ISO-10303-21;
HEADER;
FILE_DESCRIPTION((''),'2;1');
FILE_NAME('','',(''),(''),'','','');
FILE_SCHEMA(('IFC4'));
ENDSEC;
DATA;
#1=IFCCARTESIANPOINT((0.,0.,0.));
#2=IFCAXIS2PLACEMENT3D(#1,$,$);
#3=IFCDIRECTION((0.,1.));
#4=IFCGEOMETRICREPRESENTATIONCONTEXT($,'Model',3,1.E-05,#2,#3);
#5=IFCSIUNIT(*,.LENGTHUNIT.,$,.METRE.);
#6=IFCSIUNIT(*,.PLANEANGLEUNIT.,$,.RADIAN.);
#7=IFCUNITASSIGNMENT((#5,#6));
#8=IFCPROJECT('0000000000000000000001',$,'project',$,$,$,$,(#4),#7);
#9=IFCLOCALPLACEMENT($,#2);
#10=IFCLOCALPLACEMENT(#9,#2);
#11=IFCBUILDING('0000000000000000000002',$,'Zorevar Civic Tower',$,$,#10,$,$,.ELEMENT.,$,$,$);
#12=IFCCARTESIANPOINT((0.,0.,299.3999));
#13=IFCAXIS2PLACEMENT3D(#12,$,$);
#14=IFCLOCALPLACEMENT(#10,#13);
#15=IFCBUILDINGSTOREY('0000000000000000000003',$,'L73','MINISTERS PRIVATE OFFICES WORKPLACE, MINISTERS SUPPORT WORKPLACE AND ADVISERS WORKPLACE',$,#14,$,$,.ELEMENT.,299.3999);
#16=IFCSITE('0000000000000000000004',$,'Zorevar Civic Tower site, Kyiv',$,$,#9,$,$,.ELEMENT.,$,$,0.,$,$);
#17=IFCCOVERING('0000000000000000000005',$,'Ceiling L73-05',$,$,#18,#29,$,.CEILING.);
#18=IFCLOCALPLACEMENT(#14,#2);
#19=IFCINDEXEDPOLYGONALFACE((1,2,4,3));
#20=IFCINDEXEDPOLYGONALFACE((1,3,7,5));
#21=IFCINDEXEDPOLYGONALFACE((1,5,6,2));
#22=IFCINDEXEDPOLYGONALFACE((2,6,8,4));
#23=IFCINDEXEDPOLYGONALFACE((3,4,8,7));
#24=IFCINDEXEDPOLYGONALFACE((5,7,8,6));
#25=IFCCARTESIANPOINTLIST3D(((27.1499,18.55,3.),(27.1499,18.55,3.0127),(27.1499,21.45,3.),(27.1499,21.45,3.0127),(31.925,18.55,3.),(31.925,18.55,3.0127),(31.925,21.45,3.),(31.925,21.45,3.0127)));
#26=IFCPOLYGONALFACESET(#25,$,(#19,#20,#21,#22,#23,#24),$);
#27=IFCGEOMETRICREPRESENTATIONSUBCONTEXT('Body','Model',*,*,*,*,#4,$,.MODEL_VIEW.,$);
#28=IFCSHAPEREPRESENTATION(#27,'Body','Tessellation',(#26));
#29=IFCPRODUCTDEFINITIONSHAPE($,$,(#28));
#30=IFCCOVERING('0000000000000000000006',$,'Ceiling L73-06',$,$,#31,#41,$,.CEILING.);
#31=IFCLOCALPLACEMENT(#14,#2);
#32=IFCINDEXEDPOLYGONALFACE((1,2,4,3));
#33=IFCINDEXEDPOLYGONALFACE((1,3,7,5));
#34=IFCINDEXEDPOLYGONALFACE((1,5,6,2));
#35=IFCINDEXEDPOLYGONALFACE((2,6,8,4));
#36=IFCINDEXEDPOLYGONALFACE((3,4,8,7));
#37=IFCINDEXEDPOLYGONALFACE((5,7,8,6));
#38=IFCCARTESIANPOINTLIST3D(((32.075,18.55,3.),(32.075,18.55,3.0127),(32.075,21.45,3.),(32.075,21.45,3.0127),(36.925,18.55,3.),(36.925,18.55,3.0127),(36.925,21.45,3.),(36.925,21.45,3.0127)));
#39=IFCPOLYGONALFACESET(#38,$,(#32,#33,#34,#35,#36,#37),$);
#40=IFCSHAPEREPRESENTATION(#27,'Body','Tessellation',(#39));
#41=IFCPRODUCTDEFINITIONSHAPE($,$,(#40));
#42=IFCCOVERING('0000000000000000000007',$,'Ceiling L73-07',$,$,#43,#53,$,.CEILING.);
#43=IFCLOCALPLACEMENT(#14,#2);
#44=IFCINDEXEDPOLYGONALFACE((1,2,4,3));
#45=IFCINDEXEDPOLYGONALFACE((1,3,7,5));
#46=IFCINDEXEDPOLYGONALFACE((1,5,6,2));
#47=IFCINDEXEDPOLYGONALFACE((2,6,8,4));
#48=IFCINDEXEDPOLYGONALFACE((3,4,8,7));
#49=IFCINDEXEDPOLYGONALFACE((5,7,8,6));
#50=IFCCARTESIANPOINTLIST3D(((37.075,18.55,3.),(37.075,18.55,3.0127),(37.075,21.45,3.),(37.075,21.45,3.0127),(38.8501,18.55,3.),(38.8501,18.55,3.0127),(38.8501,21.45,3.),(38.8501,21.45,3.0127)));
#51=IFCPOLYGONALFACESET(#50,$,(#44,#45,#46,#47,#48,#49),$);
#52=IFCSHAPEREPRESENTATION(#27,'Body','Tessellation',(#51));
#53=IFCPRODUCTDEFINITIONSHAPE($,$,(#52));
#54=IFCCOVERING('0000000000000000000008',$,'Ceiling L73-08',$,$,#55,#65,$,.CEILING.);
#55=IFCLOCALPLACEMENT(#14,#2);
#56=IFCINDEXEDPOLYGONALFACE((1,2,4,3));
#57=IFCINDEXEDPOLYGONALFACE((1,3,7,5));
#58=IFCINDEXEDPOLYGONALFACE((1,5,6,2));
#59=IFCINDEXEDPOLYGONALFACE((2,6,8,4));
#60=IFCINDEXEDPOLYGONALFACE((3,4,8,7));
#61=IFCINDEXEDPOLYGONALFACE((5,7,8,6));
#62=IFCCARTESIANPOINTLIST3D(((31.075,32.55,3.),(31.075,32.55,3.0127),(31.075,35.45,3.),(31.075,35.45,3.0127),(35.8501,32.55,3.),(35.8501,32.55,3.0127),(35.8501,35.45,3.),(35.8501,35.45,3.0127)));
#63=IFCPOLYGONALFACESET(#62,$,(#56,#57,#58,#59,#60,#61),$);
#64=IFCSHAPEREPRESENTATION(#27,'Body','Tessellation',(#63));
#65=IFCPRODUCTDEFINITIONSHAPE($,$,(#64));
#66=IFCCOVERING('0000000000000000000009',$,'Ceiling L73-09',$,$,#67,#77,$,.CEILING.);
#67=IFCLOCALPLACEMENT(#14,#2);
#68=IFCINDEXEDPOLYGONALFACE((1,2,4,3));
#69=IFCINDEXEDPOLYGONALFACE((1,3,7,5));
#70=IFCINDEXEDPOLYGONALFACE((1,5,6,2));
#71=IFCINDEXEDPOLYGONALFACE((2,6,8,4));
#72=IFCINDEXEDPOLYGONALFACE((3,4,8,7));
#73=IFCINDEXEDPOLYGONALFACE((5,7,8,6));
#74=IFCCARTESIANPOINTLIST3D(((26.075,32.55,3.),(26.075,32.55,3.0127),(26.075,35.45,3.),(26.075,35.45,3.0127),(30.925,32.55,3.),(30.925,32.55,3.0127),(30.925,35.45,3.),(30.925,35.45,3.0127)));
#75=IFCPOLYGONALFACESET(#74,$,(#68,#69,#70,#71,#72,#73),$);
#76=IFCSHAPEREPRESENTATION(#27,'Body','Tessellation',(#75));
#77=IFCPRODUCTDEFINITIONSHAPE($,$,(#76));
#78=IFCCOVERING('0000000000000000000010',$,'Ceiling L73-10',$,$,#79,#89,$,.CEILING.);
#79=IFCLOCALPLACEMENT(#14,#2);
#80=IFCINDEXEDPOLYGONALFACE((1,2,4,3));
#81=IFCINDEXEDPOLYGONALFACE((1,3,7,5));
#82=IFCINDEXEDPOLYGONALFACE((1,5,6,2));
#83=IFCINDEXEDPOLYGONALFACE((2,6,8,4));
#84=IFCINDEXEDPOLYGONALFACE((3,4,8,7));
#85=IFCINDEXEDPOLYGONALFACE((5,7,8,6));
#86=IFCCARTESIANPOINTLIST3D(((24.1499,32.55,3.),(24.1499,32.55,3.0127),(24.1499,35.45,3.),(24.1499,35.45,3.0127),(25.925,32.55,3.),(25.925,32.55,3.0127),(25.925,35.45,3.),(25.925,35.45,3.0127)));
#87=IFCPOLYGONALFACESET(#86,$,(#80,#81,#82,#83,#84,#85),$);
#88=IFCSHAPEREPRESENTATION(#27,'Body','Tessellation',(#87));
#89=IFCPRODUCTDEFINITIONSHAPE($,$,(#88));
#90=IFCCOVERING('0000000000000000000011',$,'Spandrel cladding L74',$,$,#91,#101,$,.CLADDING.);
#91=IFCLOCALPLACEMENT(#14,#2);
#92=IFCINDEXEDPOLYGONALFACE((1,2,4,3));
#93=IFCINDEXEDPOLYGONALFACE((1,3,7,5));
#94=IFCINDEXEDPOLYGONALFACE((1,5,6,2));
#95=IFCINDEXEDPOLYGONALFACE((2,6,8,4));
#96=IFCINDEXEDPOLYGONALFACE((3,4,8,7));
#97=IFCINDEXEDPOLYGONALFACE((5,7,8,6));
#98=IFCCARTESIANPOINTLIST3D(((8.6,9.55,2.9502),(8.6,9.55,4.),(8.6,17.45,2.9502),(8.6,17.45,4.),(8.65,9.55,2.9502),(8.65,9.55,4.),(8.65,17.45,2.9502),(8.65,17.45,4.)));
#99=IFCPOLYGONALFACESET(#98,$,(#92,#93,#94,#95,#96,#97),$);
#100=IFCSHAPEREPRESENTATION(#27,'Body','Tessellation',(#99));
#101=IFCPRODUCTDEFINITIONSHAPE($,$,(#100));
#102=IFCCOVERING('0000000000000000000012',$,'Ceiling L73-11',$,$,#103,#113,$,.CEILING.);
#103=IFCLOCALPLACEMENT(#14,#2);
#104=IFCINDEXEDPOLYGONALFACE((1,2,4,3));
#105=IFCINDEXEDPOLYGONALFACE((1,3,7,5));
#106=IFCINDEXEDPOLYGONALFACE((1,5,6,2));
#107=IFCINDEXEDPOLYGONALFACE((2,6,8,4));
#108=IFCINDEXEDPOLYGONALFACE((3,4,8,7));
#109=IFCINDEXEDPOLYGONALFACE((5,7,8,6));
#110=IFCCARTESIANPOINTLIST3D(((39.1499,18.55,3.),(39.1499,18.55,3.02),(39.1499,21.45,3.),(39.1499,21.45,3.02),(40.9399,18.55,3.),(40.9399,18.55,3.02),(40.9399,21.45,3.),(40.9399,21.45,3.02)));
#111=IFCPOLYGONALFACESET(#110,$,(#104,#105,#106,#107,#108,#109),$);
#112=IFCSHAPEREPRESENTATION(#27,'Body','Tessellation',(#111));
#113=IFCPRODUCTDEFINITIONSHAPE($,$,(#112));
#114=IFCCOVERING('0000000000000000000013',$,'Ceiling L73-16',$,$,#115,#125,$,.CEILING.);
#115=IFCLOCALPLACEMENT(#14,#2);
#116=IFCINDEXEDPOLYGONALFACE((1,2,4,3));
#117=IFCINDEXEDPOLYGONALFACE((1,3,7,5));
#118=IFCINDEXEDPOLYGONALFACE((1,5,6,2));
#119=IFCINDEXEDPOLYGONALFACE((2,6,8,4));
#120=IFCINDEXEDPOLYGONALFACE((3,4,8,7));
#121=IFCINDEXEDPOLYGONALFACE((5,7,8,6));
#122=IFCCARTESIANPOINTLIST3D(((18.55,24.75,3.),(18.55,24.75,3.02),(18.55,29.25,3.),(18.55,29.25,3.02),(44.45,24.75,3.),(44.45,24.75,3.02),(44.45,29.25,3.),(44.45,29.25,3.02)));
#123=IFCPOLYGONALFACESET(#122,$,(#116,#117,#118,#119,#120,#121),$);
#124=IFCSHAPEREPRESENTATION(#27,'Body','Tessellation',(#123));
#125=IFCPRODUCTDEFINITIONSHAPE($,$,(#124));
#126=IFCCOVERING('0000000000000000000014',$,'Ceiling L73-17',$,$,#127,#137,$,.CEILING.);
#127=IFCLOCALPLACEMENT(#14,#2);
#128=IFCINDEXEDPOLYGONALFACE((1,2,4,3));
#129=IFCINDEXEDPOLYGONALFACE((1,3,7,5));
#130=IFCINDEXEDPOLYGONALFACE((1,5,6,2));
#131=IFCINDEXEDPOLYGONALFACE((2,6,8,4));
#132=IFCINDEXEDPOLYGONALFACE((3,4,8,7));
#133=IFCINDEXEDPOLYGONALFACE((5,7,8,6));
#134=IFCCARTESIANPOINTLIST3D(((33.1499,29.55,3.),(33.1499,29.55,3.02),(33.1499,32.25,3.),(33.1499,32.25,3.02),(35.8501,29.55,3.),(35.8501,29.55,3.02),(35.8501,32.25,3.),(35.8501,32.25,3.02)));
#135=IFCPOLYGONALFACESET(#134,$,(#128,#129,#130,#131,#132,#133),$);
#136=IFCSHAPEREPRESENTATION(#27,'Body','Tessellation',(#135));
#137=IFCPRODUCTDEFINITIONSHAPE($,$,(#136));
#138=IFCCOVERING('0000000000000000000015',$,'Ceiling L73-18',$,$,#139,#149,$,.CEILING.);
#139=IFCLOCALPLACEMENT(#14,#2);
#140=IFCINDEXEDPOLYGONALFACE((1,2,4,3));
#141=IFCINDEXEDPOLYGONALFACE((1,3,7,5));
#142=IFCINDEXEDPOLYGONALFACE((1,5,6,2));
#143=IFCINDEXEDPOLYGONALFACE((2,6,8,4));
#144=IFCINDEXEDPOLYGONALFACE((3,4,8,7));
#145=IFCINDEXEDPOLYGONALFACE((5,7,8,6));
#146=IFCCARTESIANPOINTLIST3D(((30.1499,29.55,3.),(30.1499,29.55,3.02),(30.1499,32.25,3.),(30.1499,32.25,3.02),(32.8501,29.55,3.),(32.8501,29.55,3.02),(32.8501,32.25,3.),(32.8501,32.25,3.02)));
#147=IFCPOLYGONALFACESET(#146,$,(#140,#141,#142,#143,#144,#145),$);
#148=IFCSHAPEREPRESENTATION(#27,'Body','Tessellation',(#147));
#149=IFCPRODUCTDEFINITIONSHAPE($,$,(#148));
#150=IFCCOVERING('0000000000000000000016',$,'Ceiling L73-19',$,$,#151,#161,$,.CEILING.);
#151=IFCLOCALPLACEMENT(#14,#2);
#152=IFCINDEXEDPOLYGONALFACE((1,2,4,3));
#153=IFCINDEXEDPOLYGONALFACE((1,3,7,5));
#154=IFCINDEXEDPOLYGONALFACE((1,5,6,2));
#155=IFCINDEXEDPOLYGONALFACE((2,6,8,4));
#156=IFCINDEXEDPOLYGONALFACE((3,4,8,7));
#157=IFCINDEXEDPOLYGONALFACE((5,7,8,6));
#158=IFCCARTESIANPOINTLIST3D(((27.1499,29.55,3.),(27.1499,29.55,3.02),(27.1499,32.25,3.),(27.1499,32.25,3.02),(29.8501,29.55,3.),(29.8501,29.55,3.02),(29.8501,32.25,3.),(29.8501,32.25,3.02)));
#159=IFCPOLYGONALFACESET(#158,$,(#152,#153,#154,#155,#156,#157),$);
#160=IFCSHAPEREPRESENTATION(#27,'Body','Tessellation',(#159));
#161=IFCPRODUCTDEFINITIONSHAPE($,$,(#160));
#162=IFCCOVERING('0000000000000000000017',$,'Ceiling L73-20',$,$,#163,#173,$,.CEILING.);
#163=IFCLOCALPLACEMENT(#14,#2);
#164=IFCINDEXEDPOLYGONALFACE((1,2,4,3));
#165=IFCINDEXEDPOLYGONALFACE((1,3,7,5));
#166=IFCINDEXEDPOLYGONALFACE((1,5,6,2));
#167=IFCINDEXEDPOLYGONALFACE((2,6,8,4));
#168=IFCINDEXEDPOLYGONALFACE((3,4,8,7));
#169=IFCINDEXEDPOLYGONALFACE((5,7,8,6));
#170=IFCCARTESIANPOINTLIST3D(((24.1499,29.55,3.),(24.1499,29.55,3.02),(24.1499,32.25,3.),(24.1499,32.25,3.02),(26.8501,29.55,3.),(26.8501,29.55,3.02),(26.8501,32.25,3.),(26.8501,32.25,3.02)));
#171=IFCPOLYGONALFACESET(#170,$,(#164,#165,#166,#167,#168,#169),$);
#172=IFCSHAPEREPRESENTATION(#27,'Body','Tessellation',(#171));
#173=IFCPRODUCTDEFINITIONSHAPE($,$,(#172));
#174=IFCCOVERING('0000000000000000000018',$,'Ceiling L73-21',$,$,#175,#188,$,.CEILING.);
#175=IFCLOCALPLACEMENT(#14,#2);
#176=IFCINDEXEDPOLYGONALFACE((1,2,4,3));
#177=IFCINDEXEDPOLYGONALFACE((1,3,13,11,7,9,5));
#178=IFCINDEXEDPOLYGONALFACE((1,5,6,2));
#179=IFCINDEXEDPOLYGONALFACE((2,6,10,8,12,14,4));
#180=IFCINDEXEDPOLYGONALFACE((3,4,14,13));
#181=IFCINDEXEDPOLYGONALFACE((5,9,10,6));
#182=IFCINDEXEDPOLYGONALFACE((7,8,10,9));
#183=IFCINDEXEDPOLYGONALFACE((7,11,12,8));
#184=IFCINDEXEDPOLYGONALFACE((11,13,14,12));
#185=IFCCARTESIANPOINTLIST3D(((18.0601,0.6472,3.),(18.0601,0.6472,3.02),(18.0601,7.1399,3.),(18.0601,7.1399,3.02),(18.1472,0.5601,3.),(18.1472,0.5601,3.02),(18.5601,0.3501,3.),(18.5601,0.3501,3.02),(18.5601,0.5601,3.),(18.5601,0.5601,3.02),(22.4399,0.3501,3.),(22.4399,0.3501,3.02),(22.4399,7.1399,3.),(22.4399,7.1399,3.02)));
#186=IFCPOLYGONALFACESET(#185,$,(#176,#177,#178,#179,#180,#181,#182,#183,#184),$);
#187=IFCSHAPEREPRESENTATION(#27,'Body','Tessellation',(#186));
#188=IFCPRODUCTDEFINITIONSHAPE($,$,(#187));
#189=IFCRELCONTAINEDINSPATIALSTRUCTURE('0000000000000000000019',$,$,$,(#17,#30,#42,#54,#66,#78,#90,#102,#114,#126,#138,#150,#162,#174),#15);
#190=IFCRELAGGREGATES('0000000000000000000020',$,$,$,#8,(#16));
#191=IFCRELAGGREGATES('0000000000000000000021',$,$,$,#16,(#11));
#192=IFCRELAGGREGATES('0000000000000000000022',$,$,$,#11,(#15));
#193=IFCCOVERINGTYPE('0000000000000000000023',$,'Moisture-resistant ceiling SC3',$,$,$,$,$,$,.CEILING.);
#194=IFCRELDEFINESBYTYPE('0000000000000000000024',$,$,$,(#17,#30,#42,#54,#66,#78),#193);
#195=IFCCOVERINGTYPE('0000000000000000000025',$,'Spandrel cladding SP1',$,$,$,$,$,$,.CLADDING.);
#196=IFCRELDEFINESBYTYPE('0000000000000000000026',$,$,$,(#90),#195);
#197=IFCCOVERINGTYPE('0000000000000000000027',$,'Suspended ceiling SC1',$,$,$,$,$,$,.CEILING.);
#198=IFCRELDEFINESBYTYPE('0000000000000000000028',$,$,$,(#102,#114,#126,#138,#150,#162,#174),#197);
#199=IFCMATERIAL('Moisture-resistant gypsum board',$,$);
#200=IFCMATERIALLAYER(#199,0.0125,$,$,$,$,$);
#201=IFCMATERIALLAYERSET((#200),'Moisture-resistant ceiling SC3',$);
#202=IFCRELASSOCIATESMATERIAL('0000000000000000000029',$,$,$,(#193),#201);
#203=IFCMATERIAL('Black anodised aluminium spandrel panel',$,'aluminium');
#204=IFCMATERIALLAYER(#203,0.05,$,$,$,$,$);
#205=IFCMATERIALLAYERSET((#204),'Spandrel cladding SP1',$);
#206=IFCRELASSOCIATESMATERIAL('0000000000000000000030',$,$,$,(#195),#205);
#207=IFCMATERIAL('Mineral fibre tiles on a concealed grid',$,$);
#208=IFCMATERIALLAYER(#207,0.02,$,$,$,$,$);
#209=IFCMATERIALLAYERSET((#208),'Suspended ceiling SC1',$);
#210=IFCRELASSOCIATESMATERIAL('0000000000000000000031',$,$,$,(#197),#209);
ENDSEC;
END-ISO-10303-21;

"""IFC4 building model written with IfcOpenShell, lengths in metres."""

from ifc_helpers import new_model, si_unit, direction, frame, frame_2d, origin, place, context, subcontext, project, spatial, polyline, rectangle, outline, extrude, material, layer, layer_set, type_object, element, save


model = new_model("IFC4")

# Units and contexts
model_context = context("Model", 3, precision=1e-05, world=origin(), true_north=direction((0.0, 1.0)))
body_context = subcontext(model_context, "Body", "Model", "MODEL_VIEW")
ifc_project = project(units=[si_unit("LENGTHUNIT", "METRE"), si_unit("PLANEANGLEUNIT", "RADIAN")], contexts=[model_context])

# Site, building, storey
site_placement = place(None, origin())
site = spatial("IfcSite", under=ifc_project, at=site_placement, Name="Zorevar Civic Tower site, Kyiv", CompositionType="ELEMENT", RefElevation=0.0)
building_placement = place(site_placement, origin())
building = spatial("IfcBuilding", under=site, at=building_placement, Name="Zorevar Civic Tower", CompositionType="ELEMENT")
storey_placement = place(building_placement, frame((0.0, 0.0, 299.3999)))
storey = spatial("IfcBuildingStorey", under=building, at=storey_placement, Name="L73", Description="MINISTERS PRIVATE OFFICES WORKPLACE, MINISTERS SUPPORT WORKPLACE AND ADVISERS WORKPLACE", CompositionType="ELEMENT", Elevation=299.3999)

# Coverings
ifc_material_1 = material(Name="Moisture-resistant gypsum board")
ifc_layer_1 = layer(ifc_material_1, 0.0125)
ifc_layer_set_1 = layer_set([ifc_layer_1], Name="Moisture-resistant ceiling SC3")
covering_type_1 = type_object("IfcCoveringType", Name="Moisture-resistant ceiling SC3", PredefinedType="CEILING", material=ifc_layer_set_1)
covering_1_placement = place(storey_placement, frame((0.0, 0.0, 3.0)))
element("IfcCovering", 1, at=covering_1_placement, inside=storey, type_object=covering_type_1, Name="Ceiling L73-05", PredefinedType="CEILING", context=body_context, shape_type="SweptSolid", body=[
    extrude(outline(polyline([(31.925, 18.55), (31.925, 21.45), (27.1499, 21.45), (27.1499, 18.55), (31.925, 18.55)])), origin(), (0.0, 0.0, 1.0), 0.0127),
])
covering_2_placement = place(storey_placement, frame((0.0, 0.0, 3.0)))
element("IfcCovering", 2, at=covering_2_placement, inside=storey, type_object=covering_type_1, Name="Ceiling L73-06", PredefinedType="CEILING", context=body_context, shape_type="SweptSolid", body=[
    extrude(outline(polyline([(36.925, 18.55), (36.925, 21.45), (32.075, 21.45), (32.075, 18.55), (36.925, 18.55)])), origin(), (0.0, 0.0, 1.0), 0.0127),
])
covering_3_placement = place(storey_placement, frame((0.0, 0.0, 3.0)))
element("IfcCovering", 3, at=covering_3_placement, inside=storey, type_object=covering_type_1, Name="Ceiling L73-07", PredefinedType="CEILING", context=body_context, shape_type="SweptSolid", body=[
    extrude(outline(polyline([(38.8501, 18.55), (38.8501, 21.45), (37.075, 21.45), (37.075, 18.55), (38.8501, 18.55)])), origin(), (0.0, 0.0, 1.0), 0.0127),
])
covering_4_placement = place(storey_placement, frame((0.0, 0.0, 3.0)))
element("IfcCovering", 4, at=covering_4_placement, inside=storey, type_object=covering_type_1, Name="Ceiling L73-08", PredefinedType="CEILING", context=body_context, shape_type="SweptSolid", body=[
    extrude(outline(polyline([(35.8501, 32.55), (35.8501, 35.45), (31.075, 35.45), (31.075, 32.55), (35.8501, 32.55)])), origin(), (0.0, 0.0, 1.0), 0.0127),
])
covering_5_placement = place(storey_placement, frame((0.0, 0.0, 3.0)))
element("IfcCovering", 5, at=covering_5_placement, inside=storey, type_object=covering_type_1, Name="Ceiling L73-09", PredefinedType="CEILING", context=body_context, shape_type="SweptSolid", body=[
    extrude(outline(polyline([(30.925, 32.55), (30.925, 35.45), (26.075, 35.45), (26.075, 32.55), (30.925, 32.55)])), origin(), (0.0, 0.0, 1.0), 0.0127),
])
covering_6_placement = place(storey_placement, frame((0.0, 0.0, 3.0)))
element("IfcCovering", 6, at=covering_6_placement, inside=storey, type_object=covering_type_1, Name="Ceiling L73-10", PredefinedType="CEILING", context=body_context, shape_type="SweptSolid", body=[
    extrude(outline(polyline([(25.925, 32.55), (25.925, 35.45), (24.1499, 35.45), (24.1499, 32.55), (25.925, 32.55)])), origin(), (0.0, 0.0, 1.0), 0.0127),
])
ifc_material_2 = material(Name="Black anodised aluminium spandrel panel", Category="aluminium")
ifc_layer_2 = layer(ifc_material_2, 0.05)
ifc_layer_set_2 = layer_set([ifc_layer_2], Name="Spandrel cladding SP1")
covering_type_2 = type_object("IfcCoveringType", Name="Spandrel cladding SP1", PredefinedType="CLADDING", material=ifc_layer_set_2)
covering_7_placement = place(storey_placement, frame((8.625, 9.55, 2.9502), z_axis=(0.0, 0.0, 1.0), x_axis=(0.0, 1.0, 0.0)))
element("IfcCovering", 7, at=covering_7_placement, inside=storey, type_object=covering_type_2, Name="Spandrel cladding L74", PredefinedType="CLADDING", context=body_context, shape_type="SweptSolid", body=[
    extrude(rectangle(XDim=7.8999, YDim=0.05, at=frame_2d((3.95, 0.0))), origin(), (0.0, 0.0, 1.0), 1.0498),
])
ifc_material_3 = material(Name="Mineral fibre tiles on a concealed grid")
ifc_layer_3 = layer(ifc_material_3, 0.02)
ifc_layer_set_3 = layer_set([ifc_layer_3], Name="Suspended ceiling SC1")
covering_type_3 = type_object("IfcCoveringType", Name="Suspended ceiling SC1", PredefinedType="CEILING", material=ifc_layer_set_3)
covering_8_placement = place(storey_placement, frame((0.0, 0.0, 3.0)))
element("IfcCovering", 8, at=covering_8_placement, inside=storey, type_object=covering_type_3, Name="Ceiling L73-11", PredefinedType="CEILING", context=body_context, shape_type="SweptSolid", body=[
    extrude(outline(polyline([(40.9399, 18.55), (40.9399, 21.45), (39.1499, 21.45), (39.1499, 18.55), (40.9399, 18.55)])), origin(), (0.0, 0.0, 1.0), 0.02),
])
covering_9_placement = place(storey_placement, frame((0.0, 0.0, 3.0)))
element("IfcCovering", 9, at=covering_9_placement, inside=storey, type_object=covering_type_3, Name="Ceiling L73-16", PredefinedType="CEILING", context=body_context, shape_type="SweptSolid", body=[
    extrude(outline(polyline([(44.45, 24.75), (44.45, 29.25), (18.55, 29.25), (18.55, 24.75), (44.45, 24.75)])), origin(), (0.0, 0.0, 1.0), 0.02),
])
covering_10_placement = place(storey_placement, frame((0.0, 0.0, 3.0)))
element("IfcCovering", 10, at=covering_10_placement, inside=storey, type_object=covering_type_3, Name="Ceiling L73-17", PredefinedType="CEILING", context=body_context, shape_type="SweptSolid", body=[
    extrude(outline(polyline([(35.8501, 29.55), (35.8501, 32.25), (33.1499, 32.25), (33.1499, 29.55), (35.8501, 29.55)])), origin(), (0.0, 0.0, 1.0), 0.02),
])
covering_11_placement = place(storey_placement, frame((0.0, 0.0, 3.0)))
element("IfcCovering", 11, at=covering_11_placement, inside=storey, type_object=covering_type_3, Name="Ceiling L73-18", PredefinedType="CEILING", context=body_context, shape_type="SweptSolid", body=[
    extrude(outline(polyline([(32.8501, 29.55), (32.8501, 32.25), (30.1499, 32.25), (30.1499, 29.55), (32.8501, 29.55)])), origin(), (0.0, 0.0, 1.0), 0.02),
])
covering_12_placement = place(storey_placement, frame((0.0, 0.0, 3.0)))
element("IfcCovering", 12, at=covering_12_placement, inside=storey, type_object=covering_type_3, Name="Ceiling L73-19", PredefinedType="CEILING", context=body_context, shape_type="SweptSolid", body=[
    extrude(outline(polyline([(29.8501, 29.55), (29.8501, 32.25), (27.1499, 32.25), (27.1499, 29.55), (29.8501, 29.55)])), origin(), (0.0, 0.0, 1.0), 0.02),
])
covering_13_placement = place(storey_placement, frame((0.0, 0.0, 3.0)))
element("IfcCovering", 13, at=covering_13_placement, inside=storey, type_object=covering_type_3, Name="Ceiling L73-20", PredefinedType="CEILING", context=body_context, shape_type="SweptSolid", body=[
    extrude(outline(polyline([(26.8501, 29.55), (26.8501, 32.25), (24.1499, 32.25), (24.1499, 29.55), (26.8501, 29.55)])), origin(), (0.0, 0.0, 1.0), 0.02),
])
covering_14_placement = place(storey_placement, frame((0.0, 0.0, 3.0)))
element("IfcCovering", 14, at=covering_14_placement, inside=storey, type_object=covering_type_3, Name="Ceiling L73-21", PredefinedType="CEILING", context=body_context, shape_type="SweptSolid", body=[
    extrude(outline(polyline([(22.4399, 7.1399), (22.4399, 0.3501), (18.5601, 0.3501), (18.5601, 0.5601), (18.1472, 0.5601), (18.0601, 0.6472), (18.0601, 7.1399), (22.4399, 7.1399)])), origin(), (0.0, 0.0, 1.0), 0.02),
])

save(model, "model.ifc")
